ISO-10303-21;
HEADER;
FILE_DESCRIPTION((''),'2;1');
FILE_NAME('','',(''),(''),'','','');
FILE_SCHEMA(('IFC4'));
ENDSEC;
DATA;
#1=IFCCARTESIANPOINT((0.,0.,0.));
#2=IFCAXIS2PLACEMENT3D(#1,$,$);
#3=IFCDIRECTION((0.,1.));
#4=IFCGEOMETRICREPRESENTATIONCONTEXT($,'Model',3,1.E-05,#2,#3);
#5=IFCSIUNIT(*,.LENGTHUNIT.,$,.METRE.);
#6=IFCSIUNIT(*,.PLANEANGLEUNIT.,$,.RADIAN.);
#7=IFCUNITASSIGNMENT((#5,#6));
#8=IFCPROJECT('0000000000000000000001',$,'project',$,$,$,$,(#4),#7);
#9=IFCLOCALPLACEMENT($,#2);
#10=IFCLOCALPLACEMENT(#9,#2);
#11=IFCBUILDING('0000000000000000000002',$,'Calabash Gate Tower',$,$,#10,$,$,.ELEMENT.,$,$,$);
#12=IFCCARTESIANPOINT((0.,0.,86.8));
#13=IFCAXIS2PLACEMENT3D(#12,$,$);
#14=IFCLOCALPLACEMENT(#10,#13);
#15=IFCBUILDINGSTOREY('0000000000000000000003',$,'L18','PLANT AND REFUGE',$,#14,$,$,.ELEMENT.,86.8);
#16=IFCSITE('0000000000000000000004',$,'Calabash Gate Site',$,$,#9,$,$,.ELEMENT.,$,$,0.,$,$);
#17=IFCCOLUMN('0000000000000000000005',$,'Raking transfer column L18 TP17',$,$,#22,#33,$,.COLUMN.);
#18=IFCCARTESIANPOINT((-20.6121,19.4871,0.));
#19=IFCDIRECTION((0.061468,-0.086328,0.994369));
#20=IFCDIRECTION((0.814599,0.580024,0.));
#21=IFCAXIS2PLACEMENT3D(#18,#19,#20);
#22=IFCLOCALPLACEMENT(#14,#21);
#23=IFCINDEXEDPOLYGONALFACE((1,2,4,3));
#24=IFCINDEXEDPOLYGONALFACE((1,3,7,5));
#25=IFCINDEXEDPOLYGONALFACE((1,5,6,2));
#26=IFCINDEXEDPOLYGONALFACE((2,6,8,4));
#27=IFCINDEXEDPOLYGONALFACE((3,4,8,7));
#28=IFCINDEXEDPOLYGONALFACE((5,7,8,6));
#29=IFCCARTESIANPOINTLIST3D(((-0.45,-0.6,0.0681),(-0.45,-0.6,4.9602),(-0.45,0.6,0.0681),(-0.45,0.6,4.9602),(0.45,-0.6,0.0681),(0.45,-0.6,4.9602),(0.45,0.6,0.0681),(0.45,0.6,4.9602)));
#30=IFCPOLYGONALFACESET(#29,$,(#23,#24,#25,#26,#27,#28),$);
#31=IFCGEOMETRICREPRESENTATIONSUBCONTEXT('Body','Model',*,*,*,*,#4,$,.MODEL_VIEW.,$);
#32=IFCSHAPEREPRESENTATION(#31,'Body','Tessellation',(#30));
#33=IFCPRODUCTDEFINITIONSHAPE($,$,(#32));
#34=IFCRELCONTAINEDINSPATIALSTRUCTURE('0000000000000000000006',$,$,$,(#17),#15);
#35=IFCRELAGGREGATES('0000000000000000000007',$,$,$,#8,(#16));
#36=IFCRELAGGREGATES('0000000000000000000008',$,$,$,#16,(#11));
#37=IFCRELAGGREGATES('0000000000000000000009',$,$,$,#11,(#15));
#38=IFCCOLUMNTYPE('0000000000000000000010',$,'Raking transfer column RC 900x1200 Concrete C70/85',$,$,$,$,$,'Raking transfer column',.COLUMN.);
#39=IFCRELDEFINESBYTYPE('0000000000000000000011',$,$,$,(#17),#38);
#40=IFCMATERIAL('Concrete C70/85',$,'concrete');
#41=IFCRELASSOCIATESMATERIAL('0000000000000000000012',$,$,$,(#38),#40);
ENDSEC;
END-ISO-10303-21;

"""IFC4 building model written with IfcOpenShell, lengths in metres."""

from ifc_helpers import new_model, si_unit, direction, frame, origin, origin_2d, place, context, subcontext, project, spatial, rectangle, extrude, clip, halfspace, material, material_profile, profile_set, type_object, element, save


model = new_model("IFC4")

# Units and contexts
model_context = context("Model", 3, precision=1e-05, world=origin(), true_north=direction((0.0, 1.0)))
body_context = subcontext(model_context, "Body", "Model", "MODEL_VIEW")
ifc_project = project(units=[si_unit("LENGTHUNIT", "METRE"), si_unit("PLANEANGLEUNIT", "RADIAN")], contexts=[model_context])

# Site, building, storey
site_placement = place(None, origin())
site = spatial("IfcSite", under=ifc_project, at=site_placement, Name="Calabash Gate Site", CompositionType="ELEMENT", RefElevation=0.0)
building_placement = place(site_placement, origin())
building = spatial("IfcBuilding", under=site, at=building_placement, Name="Calabash Gate Tower", CompositionType="ELEMENT")
storey_placement = place(building_placement, frame((0.0, 0.0, 86.8)))
storey = spatial("IfcBuildingStorey", under=building, at=storey_placement, Name="L18", Description="PLANT AND REFUGE", CompositionType="ELEMENT", Elevation=86.8)

# Column
ifc_material_1 = material(Name="Concrete C70/85", Category="concrete")
ifc_material_profile_1 = material_profile(ifc_material_1, rectangle(XDim=0.8999, YDim=1.2, at=origin_2d()))
ifc_profile_set_1 = profile_set([ifc_material_profile_1], Name="Concrete C70/85")
column_type = type_object("IfcColumnType", Name="Raking transfer column RC 900x1200 Concrete C70/85", ElementType="Raking transfer column", PredefinedType="COLUMN", material=ifc_profile_set_1)
column_placement = place(storey_placement, frame((-20.6121, 19.4871, 0.0), z_axis=(0.061468, -0.086328, 0.994369), x_axis=(0.814599, 0.580024, 0.0)))
element("IfcColumn", 1, at=column_placement, inside=storey, type_object=column_type, Name="Raking transfer column L18 TP17", PredefinedType="COLUMN", context=body_context, shape_type="Clipping", body=[
    clip(clip(extrude(rectangle(XDim=0.8999, YDim=1.2, at=origin_2d()), origin(), (0.0, 0.0, 1.0), 5.0283), halfspace(frame((0.0, 0.0, 0.0681), z_axis=(0.0, 0.0, 1.0), x_axis=(1.0, 0.0, 0.0)), True)), halfspace(frame((0.0, 0.0, 4.9602), z_axis=(0.0, 0.0, 1.0), x_axis=(1.0, 0.0, 0.0)), False)),
])

save(model, "model.ifc")
